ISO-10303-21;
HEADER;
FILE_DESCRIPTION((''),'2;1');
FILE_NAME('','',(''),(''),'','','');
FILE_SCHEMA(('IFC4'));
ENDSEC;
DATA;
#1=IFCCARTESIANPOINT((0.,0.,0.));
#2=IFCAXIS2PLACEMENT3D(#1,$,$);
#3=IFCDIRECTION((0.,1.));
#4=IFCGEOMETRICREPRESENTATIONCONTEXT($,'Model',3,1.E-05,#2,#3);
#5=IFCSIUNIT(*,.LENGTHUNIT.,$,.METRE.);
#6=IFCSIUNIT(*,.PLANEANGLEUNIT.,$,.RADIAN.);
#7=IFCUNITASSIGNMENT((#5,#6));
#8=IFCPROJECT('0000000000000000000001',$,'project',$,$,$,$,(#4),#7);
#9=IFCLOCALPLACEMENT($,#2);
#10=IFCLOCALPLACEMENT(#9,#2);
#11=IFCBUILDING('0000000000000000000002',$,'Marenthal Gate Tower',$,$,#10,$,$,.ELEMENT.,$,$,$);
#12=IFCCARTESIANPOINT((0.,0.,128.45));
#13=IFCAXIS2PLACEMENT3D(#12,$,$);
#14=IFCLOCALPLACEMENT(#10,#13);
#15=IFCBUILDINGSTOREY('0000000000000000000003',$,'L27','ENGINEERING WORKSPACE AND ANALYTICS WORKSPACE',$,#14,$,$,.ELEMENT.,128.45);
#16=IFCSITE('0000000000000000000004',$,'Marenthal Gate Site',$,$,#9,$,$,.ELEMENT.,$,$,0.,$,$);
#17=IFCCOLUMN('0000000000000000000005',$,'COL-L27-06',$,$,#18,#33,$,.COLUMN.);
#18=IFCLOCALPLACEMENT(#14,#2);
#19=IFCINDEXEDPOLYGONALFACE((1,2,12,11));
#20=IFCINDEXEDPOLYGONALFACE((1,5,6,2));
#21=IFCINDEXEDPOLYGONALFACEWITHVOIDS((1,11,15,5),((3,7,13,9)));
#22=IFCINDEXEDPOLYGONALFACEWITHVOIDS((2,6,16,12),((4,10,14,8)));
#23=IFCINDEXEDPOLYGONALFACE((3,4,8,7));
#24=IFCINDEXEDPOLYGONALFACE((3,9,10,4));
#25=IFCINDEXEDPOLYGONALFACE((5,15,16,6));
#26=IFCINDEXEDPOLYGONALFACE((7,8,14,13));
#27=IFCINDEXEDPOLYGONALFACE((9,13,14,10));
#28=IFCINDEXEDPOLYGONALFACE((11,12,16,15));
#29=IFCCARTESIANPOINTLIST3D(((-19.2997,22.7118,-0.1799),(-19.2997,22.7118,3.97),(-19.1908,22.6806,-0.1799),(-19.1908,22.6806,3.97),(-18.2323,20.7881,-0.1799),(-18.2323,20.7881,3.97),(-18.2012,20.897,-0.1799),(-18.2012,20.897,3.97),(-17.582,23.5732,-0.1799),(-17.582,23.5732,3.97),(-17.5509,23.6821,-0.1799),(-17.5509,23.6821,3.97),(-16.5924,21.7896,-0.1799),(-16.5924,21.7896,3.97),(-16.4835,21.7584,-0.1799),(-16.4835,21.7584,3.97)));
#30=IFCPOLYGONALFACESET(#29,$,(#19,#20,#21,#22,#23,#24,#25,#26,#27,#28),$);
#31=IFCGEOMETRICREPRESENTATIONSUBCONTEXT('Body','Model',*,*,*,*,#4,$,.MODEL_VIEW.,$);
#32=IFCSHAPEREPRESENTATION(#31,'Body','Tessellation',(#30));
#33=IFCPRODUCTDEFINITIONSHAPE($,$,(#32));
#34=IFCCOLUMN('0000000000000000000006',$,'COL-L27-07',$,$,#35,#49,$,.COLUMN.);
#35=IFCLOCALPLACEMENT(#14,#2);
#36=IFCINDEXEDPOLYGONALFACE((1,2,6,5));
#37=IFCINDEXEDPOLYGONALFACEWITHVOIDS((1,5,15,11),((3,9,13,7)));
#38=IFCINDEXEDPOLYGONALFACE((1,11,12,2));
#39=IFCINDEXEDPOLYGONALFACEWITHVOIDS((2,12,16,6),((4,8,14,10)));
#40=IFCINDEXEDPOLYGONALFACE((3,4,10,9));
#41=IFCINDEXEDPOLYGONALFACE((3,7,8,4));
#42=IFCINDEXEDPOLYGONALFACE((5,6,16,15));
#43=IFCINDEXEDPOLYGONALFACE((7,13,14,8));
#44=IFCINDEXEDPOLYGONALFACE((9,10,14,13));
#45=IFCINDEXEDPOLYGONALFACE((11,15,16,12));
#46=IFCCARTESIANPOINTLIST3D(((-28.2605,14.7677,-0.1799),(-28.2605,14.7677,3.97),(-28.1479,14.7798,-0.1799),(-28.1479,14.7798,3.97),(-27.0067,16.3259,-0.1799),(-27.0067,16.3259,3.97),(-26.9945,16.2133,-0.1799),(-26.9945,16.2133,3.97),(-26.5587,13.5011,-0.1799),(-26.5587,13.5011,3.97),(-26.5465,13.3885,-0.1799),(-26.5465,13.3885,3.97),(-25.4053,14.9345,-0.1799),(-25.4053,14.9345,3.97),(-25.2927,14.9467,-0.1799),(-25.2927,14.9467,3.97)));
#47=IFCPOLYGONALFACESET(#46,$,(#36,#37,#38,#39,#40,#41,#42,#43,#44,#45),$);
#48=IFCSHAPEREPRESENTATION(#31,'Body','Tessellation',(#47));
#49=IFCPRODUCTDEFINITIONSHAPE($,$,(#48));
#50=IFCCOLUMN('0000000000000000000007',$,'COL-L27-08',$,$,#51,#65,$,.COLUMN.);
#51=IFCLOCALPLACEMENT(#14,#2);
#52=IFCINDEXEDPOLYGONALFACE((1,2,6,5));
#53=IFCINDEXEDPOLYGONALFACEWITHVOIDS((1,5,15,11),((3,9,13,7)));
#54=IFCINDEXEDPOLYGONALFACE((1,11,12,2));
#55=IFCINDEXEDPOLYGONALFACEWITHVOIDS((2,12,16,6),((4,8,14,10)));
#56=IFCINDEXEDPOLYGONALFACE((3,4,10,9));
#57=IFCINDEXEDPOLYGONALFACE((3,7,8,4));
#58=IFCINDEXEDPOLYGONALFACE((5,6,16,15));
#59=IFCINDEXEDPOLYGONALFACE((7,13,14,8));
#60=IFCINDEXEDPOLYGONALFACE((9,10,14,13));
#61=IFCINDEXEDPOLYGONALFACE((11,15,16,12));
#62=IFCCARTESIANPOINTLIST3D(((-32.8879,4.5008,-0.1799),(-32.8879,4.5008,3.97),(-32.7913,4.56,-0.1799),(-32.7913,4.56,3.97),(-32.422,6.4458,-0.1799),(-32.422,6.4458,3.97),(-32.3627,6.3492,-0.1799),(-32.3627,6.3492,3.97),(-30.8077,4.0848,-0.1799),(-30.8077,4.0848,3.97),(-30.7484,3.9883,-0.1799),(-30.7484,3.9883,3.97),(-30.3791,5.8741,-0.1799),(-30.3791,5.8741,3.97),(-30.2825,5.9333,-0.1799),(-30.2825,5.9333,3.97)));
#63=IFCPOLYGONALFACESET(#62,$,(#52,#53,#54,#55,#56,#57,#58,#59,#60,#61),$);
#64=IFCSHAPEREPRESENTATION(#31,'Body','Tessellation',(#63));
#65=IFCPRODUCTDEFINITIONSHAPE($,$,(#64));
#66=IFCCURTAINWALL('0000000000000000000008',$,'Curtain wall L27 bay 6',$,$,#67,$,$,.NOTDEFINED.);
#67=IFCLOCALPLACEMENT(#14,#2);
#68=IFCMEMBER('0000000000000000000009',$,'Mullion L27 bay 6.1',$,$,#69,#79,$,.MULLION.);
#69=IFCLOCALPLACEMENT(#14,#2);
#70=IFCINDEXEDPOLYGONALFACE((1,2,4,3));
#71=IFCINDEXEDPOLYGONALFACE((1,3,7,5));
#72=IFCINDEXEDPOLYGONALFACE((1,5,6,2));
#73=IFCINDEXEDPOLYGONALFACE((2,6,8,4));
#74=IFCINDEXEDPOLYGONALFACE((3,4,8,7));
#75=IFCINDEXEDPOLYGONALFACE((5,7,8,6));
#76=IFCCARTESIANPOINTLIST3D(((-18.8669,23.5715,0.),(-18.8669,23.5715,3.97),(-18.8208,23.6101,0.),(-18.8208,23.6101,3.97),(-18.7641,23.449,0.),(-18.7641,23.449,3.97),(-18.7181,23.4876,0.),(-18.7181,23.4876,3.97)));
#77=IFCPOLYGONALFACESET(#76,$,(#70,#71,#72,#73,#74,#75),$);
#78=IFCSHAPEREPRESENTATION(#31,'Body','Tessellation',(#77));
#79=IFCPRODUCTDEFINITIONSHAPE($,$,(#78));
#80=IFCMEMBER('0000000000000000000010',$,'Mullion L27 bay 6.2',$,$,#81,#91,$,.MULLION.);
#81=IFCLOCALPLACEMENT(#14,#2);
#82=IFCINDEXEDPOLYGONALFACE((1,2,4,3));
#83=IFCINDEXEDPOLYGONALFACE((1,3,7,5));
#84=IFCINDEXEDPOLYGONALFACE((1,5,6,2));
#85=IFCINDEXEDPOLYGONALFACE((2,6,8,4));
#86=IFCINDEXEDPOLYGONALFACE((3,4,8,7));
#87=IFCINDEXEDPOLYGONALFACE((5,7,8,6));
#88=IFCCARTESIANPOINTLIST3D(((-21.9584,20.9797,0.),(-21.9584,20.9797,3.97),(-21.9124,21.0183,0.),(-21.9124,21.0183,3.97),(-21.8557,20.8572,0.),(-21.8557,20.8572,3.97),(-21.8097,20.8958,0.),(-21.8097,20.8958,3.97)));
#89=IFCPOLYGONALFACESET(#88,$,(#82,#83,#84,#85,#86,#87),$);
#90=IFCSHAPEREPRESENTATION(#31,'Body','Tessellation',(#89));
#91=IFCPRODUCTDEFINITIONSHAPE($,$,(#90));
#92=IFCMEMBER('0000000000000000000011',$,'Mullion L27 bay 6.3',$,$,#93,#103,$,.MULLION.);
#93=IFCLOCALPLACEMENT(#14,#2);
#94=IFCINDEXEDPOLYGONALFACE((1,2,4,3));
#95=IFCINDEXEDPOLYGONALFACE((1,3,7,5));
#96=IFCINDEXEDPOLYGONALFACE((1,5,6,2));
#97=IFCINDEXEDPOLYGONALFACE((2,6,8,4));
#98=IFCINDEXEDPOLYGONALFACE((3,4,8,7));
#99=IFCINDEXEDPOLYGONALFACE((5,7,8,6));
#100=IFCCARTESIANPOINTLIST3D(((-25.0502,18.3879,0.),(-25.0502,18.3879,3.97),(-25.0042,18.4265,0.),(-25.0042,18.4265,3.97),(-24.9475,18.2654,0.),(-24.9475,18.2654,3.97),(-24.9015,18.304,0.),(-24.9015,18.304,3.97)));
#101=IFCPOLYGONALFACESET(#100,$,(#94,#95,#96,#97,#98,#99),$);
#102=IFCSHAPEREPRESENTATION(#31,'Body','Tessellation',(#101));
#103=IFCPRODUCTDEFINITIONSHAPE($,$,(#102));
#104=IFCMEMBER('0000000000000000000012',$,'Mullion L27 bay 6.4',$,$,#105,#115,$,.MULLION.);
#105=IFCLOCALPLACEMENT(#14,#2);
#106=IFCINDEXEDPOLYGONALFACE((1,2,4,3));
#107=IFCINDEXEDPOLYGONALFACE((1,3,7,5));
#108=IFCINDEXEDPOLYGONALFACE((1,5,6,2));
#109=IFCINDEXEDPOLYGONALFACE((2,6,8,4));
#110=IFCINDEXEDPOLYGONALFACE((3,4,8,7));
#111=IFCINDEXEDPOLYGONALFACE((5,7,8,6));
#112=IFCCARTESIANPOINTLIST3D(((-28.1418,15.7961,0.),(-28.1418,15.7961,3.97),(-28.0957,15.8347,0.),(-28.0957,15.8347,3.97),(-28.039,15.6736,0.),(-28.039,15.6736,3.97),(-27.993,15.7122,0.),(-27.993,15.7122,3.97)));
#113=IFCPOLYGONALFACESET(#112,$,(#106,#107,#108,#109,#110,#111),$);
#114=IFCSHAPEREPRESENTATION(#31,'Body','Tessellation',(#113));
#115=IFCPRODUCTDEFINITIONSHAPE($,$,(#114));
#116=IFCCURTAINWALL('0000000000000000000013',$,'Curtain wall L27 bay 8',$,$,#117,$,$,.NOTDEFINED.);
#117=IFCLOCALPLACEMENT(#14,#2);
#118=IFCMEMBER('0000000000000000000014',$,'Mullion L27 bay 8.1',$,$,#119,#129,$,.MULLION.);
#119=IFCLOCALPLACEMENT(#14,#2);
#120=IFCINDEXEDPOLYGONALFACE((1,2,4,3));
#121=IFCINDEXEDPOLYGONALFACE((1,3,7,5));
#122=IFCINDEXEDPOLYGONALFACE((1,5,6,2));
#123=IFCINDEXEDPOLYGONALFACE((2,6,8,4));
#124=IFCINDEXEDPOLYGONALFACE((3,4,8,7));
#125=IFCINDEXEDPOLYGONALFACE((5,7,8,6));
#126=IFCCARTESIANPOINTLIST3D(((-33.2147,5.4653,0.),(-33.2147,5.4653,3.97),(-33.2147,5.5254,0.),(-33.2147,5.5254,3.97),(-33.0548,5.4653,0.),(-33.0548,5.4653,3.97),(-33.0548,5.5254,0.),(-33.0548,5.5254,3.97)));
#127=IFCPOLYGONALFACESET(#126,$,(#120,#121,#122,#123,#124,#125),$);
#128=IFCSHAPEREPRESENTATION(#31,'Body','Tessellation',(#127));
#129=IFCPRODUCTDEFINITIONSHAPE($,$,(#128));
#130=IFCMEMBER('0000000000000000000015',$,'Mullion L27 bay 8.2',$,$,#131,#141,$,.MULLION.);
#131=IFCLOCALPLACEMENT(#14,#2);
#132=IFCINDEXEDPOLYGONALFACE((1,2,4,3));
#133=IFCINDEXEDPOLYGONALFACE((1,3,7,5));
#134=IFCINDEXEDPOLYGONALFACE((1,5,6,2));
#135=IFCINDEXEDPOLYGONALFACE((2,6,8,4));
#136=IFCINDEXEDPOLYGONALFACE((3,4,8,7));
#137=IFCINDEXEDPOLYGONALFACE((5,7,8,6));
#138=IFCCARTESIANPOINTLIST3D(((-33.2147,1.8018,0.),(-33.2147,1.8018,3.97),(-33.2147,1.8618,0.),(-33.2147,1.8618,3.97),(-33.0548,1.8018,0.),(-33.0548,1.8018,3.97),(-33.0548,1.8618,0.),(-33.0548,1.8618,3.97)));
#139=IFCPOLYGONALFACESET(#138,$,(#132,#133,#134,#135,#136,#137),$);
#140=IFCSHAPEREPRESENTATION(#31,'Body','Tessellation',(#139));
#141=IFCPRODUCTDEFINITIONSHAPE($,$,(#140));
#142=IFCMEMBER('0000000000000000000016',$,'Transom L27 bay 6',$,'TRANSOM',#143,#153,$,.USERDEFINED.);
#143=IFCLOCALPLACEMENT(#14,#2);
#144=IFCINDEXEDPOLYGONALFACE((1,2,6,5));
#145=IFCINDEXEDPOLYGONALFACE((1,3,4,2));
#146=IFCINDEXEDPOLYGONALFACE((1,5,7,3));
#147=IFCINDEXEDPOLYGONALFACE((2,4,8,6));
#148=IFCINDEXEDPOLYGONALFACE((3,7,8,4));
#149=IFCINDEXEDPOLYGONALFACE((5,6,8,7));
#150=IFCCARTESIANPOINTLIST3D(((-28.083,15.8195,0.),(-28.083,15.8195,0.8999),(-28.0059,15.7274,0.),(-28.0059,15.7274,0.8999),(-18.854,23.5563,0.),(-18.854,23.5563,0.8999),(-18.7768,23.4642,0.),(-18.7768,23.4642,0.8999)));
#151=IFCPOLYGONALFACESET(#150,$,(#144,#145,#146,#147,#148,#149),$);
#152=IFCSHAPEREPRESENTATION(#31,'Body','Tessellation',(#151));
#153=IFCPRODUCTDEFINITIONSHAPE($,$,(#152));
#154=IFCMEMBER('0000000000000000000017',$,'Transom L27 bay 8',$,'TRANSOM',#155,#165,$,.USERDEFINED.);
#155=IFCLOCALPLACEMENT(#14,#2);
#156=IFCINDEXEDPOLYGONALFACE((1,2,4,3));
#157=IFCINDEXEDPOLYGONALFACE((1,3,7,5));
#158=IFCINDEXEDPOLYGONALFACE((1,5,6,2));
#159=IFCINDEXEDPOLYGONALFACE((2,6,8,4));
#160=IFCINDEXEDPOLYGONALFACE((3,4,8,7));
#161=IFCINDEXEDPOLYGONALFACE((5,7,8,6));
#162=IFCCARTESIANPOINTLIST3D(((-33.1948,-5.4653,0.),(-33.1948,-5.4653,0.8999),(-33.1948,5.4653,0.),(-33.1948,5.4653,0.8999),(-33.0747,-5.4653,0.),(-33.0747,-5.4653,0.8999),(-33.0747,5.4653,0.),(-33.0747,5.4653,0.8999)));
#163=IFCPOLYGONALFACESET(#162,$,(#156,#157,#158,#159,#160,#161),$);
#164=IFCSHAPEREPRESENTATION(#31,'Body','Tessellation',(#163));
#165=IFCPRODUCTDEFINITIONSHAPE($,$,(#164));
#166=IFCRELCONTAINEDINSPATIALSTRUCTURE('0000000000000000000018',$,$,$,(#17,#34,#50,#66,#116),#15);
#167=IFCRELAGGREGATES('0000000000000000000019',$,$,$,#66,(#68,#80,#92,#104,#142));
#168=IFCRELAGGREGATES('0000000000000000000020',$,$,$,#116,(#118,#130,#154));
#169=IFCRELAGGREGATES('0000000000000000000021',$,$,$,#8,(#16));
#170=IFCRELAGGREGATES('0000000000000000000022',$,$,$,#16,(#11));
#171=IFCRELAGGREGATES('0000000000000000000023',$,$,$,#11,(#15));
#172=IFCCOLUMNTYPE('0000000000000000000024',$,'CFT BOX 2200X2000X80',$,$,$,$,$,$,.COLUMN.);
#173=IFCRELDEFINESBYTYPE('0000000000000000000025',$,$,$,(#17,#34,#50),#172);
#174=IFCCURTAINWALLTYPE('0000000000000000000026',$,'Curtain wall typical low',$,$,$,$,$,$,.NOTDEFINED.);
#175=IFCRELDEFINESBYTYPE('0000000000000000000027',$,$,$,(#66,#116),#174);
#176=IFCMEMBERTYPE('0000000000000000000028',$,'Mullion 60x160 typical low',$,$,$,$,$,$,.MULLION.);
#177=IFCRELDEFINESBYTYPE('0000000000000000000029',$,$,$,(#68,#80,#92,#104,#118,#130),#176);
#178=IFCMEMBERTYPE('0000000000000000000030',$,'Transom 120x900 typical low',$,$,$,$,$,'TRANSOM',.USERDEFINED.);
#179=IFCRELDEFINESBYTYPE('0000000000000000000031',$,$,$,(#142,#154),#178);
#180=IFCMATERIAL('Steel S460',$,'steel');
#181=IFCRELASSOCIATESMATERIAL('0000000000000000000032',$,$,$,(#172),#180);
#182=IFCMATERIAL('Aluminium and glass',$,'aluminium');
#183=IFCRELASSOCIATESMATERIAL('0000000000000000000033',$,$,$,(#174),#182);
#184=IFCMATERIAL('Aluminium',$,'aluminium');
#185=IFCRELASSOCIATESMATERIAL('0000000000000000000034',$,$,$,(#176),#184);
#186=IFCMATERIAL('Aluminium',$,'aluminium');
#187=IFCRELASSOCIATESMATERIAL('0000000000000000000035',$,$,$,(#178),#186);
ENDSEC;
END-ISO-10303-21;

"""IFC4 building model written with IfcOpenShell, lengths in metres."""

from ifc_helpers import new_model, si_unit, direction, frame, origin, origin_2d, place, context, subcontext, project, spatial, rectangle, hollow_rectangle, extrude, material, material_profile, profile_set, type_object, element, aggregate, save


model = new_model("IFC4")

# Units and contexts
model_context = context("Model", 3, precision=1e-05, world=origin(), true_north=direction((0.0, 1.0)))
body_context = subcontext(model_context, "Body", "Model", "MODEL_VIEW")
ifc_project = project(units=[si_unit("LENGTHUNIT", "METRE"), si_unit("PLANEANGLEUNIT", "RADIAN")], contexts=[model_context])

# Site, building, storey
site_placement = place(None, origin())
site = spatial("IfcSite", under=ifc_project, at=site_placement, Name="Marenthal Gate Site", CompositionType="ELEMENT", RefElevation=0.0)
building_placement = place(site_placement, origin())
building = spatial("IfcBuilding", under=site, at=building_placement, Name="Marenthal Gate Tower", CompositionType="ELEMENT")
storey_placement = place(building_placement, frame((0.0, 0.0, 128.45)))
storey = spatial("IfcBuildingStorey", under=building, at=storey_placement, Name="L27", Description="ENGINEERING WORKSPACE AND ANALYTICS WORKSPACE", CompositionType="ELEMENT", Elevation=128.45)

# Columns
ifc_material_1 = material(Name="Steel S460", Category="steel")
ifc_material_profile_1 = material_profile(ifc_material_1, hollow_rectangle(XDim=2.0, YDim=2.2, WallThickness=0.0801, at=origin_2d()), Name="CFT BOX 2200X2000X80")
ifc_material_2 = material(Name="Concrete 70 MPa", Category="concrete")
ifc_material_profile_2 = material_profile(ifc_material_2, rectangle(XDim=1.8401, YDim=2.04, at=origin_2d()), Name="CFT BOX 2200X2000X80 INFILL")
ifc_profile_set_1 = profile_set([ifc_material_profile_1, ifc_material_profile_2], Name="Steel S460 shell, Concrete 70 MPa infill")
column_type = type_object("IfcColumnType", Name="CFT BOX 2200X2000X80", PredefinedType="COLUMN", material=ifc_profile_set_1)
for number, where, z_axis, x_axis, name in (
    (1, (-17.8916, 22.2351, -0.1799), (0.0, 0.0, 1.0), (0.874418, 0.485173, 0.0), "COL-L27-06"),
    (2, (-26.7766, 14.8572, -0.1799), (0.0, 0.0, 1.0), (0.626903, 0.779097, 0.0), "COL-L27-07"),
    (3, (-31.5852, 5.217, -0.1799), (0.0, 0.0, 1.0), (0.23295, 0.972489, 0.0), "COL-L27-08"),
):
    element("IfcColumn", number, at=place(storey_placement, frame(where, z_axis=z_axis, x_axis=x_axis)), inside=storey, type_object=column_type, Name=name, PredefinedType="COLUMN", context=body_context, shape_type="SweptSolid", body=[
        extrude(hollow_rectangle(XDim=2.0, YDim=2.2, WallThickness=0.0801, at=origin_2d()), origin(), (0.0, 0.0, 1.0), 4.1499),
    ])

# Curtain walls, members
ifc_material_3 = material(Name="Aluminium and glass", Category="aluminium")
curtain_wall_type = type_object("IfcCurtainWallType", Name="Curtain wall typical low", PredefinedType="NOTDEFINED", material=ifc_material_3)
curtain_wall_1_placement = place(storey_placement, origin())
curtain_wall_1 = element("IfcCurtainWall", 4, at=curtain_wall_1_placement, inside=storey, type_object=curtain_wall_type, Name="Curtain wall L27 bay 6", PredefinedType="NOTDEFINED")
ifc_material_4 = material(Name="Aluminium", Category="aluminium")
ifc_material_profile_3 = material_profile(ifc_material_4, rectangle(XDim=0.1599, YDim=0.0601, at=origin_2d()), Name="60x160 aluminium mullion")
ifc_profile_set_2 = profile_set([ifc_material_profile_3], Name="Aluminium")
member_type_1 = type_object("IfcMemberType", Name="Mullion 60x160 typical low", PredefinedType="MULLION", material=ifc_profile_set_2)
member_1_placement = place(storey_placement, frame((-18.7925, 23.5295, 0.0), z_axis=(0.0, 0.0, 1.0), x_axis=(0.642438, -0.766338, 0.0)))
member_1 = element("IfcMember", 5, at=member_1_placement, type_object=member_type_1, Name="Mullion L27 bay 6.1", PredefinedType="MULLION", context=body_context, shape_type="SweptSolid", body=[
    extrude(rectangle(XDim=0.1599, YDim=0.0601, at=origin_2d()), origin(), (0.0, 0.0, 1.0), 3.97),
])
member_2_placement = place(storey_placement, frame((-21.884, 20.9377, 0.0), z_axis=(0.0, 0.0, 1.0), x_axis=(0.642438, -0.766338, 0.0)))
member_2 = element("IfcMember", 6, at=member_2_placement, type_object=member_type_1, Name="Mullion L27 bay 6.2", PredefinedType="MULLION", context=body_context, shape_type="SweptSolid", body=[
    extrude(rectangle(XDim=0.1599, YDim=0.0601, at=origin_2d()), origin(), (0.0, 0.0, 1.0), 3.97),
])
member_3_placement = place(storey_placement, frame((-24.9758, 18.3459, 0.0), z_axis=(0.0, 0.0, 1.0), x_axis=(0.642438, -0.766338, 0.0)))
member_3 = element("IfcMember", 7, at=member_3_placement, type_object=member_type_1, Name="Mullion L27 bay 6.3", PredefinedType="MULLION", context=body_context, shape_type="SweptSolid", body=[
    extrude(rectangle(XDim=0.1599, YDim=0.0601, at=origin_2d()), origin(), (0.0, 0.0, 1.0), 3.97),
])
member_4_placement = place(storey_placement, frame((-28.0674, 15.7542, 0.0), z_axis=(0.0, 0.0, 1.0), x_axis=(0.642438, -0.766338, 0.0)))
member_4 = element("IfcMember", 8, at=member_4_placement, type_object=member_type_1, Name="Mullion L27 bay 6.4", PredefinedType="MULLION", context=body_context, shape_type="SweptSolid", body=[
    extrude(rectangle(XDim=0.1599, YDim=0.0601, at=origin_2d()), origin(), (0.0, 0.0, 1.0), 3.97),
])
curtain_wall_2_placement = place(storey_placement, origin())
curtain_wall_2 = element("IfcCurtainWall", 9, at=curtain_wall_2_placement, inside=storey, type_object=curtain_wall_type, Name="Curtain wall L27 bay 8", PredefinedType="NOTDEFINED")
member_5_placement = place(storey_placement, frame((-33.1348, 5.4954, 0.0), z_axis=(0.0, 0.0, 1.0), x_axis=(1.0, 0.0, 0.0)))
member_5 = element("IfcMember", 10, at=member_5_placement, type_object=member_type_1, Name="Mullion L27 bay 8.1", PredefinedType="MULLION", context=body_context, shape_type="SweptSolid", body=[
    extrude(rectangle(XDim=0.1599, YDim=0.0601, at=origin_2d()), origin(), (0.0, 0.0, 1.0), 3.97),
])
member_6_placement = place(storey_placement, frame((-33.1348, 1.8318, 0.0), z_axis=(0.0, 0.0, 1.0), x_axis=(1.0, 0.0, 0.0)))
member_6 = element("IfcMember", 11, at=member_6_placement, type_object=member_type_1, Name="Mullion L27 bay 8.2", PredefinedType="MULLION", context=body_context, shape_type="SweptSolid", body=[
    extrude(rectangle(XDim=0.1599, YDim=0.0601, at=origin_2d()), origin(), (0.0, 0.0, 1.0), 3.97),
])

# Members
ifc_material_5 = material(Name="Aluminium", Category="aluminium")
ifc_material_profile_4 = material_profile(ifc_material_5, rectangle(XDim=0.1201, YDim=0.8999, at=origin_2d()), Name="120x900 aluminium transom")
ifc_profile_set_3 = profile_set([ifc_material_profile_4], Name="Aluminium")
member_type_2 = type_object("IfcMemberType", Name="Transom 120x900 typical low", ElementType="TRANSOM", PredefinedType="USERDEFINED", material=ifc_profile_set_3)
member_7_placement = place(storey_placement, frame((-18.8154, 23.5103, 0.45), z_axis=(-0.76634, -0.642435, 0.0), x_axis=(0.642435, -0.76634, 0.0)))
member_7 = element("IfcMember", 12, at=member_7_placement, type_object=member_type_2, Name="Transom L27 bay 6", ObjectType="TRANSOM", PredefinedType="USERDEFINED", context=body_context, shape_type="SweptSolid", body=[
    extrude(rectangle(XDim=0.1201, YDim=0.8999, at=origin_2d()), origin(), (0.0, 0.0, 1.0), 12.043),
])
member_8_placement = place(storey_placement, frame((-33.1348, 5.4653, 0.45), z_axis=(0.0, -1.0, 0.0), x_axis=(1.0, 0.0, 0.0)))
member_8 = element("IfcMember", 13, at=member_8_placement, type_object=member_type_2, Name="Transom L27 bay 8", ObjectType="TRANSOM", PredefinedType="USERDEFINED", context=body_context, shape_type="SweptSolid", body=[
    extrude(rectangle(XDim=0.1201, YDim=0.8999, at=origin_2d()), origin(), (0.0, 0.0, 1.0), 10.9307),
])

aggregate(curtain_wall_1, [member_1, member_2, member_3, member_4, member_7])
aggregate(curtain_wall_2, [member_5, member_6, member_8])

save(model, "model.ifc")
